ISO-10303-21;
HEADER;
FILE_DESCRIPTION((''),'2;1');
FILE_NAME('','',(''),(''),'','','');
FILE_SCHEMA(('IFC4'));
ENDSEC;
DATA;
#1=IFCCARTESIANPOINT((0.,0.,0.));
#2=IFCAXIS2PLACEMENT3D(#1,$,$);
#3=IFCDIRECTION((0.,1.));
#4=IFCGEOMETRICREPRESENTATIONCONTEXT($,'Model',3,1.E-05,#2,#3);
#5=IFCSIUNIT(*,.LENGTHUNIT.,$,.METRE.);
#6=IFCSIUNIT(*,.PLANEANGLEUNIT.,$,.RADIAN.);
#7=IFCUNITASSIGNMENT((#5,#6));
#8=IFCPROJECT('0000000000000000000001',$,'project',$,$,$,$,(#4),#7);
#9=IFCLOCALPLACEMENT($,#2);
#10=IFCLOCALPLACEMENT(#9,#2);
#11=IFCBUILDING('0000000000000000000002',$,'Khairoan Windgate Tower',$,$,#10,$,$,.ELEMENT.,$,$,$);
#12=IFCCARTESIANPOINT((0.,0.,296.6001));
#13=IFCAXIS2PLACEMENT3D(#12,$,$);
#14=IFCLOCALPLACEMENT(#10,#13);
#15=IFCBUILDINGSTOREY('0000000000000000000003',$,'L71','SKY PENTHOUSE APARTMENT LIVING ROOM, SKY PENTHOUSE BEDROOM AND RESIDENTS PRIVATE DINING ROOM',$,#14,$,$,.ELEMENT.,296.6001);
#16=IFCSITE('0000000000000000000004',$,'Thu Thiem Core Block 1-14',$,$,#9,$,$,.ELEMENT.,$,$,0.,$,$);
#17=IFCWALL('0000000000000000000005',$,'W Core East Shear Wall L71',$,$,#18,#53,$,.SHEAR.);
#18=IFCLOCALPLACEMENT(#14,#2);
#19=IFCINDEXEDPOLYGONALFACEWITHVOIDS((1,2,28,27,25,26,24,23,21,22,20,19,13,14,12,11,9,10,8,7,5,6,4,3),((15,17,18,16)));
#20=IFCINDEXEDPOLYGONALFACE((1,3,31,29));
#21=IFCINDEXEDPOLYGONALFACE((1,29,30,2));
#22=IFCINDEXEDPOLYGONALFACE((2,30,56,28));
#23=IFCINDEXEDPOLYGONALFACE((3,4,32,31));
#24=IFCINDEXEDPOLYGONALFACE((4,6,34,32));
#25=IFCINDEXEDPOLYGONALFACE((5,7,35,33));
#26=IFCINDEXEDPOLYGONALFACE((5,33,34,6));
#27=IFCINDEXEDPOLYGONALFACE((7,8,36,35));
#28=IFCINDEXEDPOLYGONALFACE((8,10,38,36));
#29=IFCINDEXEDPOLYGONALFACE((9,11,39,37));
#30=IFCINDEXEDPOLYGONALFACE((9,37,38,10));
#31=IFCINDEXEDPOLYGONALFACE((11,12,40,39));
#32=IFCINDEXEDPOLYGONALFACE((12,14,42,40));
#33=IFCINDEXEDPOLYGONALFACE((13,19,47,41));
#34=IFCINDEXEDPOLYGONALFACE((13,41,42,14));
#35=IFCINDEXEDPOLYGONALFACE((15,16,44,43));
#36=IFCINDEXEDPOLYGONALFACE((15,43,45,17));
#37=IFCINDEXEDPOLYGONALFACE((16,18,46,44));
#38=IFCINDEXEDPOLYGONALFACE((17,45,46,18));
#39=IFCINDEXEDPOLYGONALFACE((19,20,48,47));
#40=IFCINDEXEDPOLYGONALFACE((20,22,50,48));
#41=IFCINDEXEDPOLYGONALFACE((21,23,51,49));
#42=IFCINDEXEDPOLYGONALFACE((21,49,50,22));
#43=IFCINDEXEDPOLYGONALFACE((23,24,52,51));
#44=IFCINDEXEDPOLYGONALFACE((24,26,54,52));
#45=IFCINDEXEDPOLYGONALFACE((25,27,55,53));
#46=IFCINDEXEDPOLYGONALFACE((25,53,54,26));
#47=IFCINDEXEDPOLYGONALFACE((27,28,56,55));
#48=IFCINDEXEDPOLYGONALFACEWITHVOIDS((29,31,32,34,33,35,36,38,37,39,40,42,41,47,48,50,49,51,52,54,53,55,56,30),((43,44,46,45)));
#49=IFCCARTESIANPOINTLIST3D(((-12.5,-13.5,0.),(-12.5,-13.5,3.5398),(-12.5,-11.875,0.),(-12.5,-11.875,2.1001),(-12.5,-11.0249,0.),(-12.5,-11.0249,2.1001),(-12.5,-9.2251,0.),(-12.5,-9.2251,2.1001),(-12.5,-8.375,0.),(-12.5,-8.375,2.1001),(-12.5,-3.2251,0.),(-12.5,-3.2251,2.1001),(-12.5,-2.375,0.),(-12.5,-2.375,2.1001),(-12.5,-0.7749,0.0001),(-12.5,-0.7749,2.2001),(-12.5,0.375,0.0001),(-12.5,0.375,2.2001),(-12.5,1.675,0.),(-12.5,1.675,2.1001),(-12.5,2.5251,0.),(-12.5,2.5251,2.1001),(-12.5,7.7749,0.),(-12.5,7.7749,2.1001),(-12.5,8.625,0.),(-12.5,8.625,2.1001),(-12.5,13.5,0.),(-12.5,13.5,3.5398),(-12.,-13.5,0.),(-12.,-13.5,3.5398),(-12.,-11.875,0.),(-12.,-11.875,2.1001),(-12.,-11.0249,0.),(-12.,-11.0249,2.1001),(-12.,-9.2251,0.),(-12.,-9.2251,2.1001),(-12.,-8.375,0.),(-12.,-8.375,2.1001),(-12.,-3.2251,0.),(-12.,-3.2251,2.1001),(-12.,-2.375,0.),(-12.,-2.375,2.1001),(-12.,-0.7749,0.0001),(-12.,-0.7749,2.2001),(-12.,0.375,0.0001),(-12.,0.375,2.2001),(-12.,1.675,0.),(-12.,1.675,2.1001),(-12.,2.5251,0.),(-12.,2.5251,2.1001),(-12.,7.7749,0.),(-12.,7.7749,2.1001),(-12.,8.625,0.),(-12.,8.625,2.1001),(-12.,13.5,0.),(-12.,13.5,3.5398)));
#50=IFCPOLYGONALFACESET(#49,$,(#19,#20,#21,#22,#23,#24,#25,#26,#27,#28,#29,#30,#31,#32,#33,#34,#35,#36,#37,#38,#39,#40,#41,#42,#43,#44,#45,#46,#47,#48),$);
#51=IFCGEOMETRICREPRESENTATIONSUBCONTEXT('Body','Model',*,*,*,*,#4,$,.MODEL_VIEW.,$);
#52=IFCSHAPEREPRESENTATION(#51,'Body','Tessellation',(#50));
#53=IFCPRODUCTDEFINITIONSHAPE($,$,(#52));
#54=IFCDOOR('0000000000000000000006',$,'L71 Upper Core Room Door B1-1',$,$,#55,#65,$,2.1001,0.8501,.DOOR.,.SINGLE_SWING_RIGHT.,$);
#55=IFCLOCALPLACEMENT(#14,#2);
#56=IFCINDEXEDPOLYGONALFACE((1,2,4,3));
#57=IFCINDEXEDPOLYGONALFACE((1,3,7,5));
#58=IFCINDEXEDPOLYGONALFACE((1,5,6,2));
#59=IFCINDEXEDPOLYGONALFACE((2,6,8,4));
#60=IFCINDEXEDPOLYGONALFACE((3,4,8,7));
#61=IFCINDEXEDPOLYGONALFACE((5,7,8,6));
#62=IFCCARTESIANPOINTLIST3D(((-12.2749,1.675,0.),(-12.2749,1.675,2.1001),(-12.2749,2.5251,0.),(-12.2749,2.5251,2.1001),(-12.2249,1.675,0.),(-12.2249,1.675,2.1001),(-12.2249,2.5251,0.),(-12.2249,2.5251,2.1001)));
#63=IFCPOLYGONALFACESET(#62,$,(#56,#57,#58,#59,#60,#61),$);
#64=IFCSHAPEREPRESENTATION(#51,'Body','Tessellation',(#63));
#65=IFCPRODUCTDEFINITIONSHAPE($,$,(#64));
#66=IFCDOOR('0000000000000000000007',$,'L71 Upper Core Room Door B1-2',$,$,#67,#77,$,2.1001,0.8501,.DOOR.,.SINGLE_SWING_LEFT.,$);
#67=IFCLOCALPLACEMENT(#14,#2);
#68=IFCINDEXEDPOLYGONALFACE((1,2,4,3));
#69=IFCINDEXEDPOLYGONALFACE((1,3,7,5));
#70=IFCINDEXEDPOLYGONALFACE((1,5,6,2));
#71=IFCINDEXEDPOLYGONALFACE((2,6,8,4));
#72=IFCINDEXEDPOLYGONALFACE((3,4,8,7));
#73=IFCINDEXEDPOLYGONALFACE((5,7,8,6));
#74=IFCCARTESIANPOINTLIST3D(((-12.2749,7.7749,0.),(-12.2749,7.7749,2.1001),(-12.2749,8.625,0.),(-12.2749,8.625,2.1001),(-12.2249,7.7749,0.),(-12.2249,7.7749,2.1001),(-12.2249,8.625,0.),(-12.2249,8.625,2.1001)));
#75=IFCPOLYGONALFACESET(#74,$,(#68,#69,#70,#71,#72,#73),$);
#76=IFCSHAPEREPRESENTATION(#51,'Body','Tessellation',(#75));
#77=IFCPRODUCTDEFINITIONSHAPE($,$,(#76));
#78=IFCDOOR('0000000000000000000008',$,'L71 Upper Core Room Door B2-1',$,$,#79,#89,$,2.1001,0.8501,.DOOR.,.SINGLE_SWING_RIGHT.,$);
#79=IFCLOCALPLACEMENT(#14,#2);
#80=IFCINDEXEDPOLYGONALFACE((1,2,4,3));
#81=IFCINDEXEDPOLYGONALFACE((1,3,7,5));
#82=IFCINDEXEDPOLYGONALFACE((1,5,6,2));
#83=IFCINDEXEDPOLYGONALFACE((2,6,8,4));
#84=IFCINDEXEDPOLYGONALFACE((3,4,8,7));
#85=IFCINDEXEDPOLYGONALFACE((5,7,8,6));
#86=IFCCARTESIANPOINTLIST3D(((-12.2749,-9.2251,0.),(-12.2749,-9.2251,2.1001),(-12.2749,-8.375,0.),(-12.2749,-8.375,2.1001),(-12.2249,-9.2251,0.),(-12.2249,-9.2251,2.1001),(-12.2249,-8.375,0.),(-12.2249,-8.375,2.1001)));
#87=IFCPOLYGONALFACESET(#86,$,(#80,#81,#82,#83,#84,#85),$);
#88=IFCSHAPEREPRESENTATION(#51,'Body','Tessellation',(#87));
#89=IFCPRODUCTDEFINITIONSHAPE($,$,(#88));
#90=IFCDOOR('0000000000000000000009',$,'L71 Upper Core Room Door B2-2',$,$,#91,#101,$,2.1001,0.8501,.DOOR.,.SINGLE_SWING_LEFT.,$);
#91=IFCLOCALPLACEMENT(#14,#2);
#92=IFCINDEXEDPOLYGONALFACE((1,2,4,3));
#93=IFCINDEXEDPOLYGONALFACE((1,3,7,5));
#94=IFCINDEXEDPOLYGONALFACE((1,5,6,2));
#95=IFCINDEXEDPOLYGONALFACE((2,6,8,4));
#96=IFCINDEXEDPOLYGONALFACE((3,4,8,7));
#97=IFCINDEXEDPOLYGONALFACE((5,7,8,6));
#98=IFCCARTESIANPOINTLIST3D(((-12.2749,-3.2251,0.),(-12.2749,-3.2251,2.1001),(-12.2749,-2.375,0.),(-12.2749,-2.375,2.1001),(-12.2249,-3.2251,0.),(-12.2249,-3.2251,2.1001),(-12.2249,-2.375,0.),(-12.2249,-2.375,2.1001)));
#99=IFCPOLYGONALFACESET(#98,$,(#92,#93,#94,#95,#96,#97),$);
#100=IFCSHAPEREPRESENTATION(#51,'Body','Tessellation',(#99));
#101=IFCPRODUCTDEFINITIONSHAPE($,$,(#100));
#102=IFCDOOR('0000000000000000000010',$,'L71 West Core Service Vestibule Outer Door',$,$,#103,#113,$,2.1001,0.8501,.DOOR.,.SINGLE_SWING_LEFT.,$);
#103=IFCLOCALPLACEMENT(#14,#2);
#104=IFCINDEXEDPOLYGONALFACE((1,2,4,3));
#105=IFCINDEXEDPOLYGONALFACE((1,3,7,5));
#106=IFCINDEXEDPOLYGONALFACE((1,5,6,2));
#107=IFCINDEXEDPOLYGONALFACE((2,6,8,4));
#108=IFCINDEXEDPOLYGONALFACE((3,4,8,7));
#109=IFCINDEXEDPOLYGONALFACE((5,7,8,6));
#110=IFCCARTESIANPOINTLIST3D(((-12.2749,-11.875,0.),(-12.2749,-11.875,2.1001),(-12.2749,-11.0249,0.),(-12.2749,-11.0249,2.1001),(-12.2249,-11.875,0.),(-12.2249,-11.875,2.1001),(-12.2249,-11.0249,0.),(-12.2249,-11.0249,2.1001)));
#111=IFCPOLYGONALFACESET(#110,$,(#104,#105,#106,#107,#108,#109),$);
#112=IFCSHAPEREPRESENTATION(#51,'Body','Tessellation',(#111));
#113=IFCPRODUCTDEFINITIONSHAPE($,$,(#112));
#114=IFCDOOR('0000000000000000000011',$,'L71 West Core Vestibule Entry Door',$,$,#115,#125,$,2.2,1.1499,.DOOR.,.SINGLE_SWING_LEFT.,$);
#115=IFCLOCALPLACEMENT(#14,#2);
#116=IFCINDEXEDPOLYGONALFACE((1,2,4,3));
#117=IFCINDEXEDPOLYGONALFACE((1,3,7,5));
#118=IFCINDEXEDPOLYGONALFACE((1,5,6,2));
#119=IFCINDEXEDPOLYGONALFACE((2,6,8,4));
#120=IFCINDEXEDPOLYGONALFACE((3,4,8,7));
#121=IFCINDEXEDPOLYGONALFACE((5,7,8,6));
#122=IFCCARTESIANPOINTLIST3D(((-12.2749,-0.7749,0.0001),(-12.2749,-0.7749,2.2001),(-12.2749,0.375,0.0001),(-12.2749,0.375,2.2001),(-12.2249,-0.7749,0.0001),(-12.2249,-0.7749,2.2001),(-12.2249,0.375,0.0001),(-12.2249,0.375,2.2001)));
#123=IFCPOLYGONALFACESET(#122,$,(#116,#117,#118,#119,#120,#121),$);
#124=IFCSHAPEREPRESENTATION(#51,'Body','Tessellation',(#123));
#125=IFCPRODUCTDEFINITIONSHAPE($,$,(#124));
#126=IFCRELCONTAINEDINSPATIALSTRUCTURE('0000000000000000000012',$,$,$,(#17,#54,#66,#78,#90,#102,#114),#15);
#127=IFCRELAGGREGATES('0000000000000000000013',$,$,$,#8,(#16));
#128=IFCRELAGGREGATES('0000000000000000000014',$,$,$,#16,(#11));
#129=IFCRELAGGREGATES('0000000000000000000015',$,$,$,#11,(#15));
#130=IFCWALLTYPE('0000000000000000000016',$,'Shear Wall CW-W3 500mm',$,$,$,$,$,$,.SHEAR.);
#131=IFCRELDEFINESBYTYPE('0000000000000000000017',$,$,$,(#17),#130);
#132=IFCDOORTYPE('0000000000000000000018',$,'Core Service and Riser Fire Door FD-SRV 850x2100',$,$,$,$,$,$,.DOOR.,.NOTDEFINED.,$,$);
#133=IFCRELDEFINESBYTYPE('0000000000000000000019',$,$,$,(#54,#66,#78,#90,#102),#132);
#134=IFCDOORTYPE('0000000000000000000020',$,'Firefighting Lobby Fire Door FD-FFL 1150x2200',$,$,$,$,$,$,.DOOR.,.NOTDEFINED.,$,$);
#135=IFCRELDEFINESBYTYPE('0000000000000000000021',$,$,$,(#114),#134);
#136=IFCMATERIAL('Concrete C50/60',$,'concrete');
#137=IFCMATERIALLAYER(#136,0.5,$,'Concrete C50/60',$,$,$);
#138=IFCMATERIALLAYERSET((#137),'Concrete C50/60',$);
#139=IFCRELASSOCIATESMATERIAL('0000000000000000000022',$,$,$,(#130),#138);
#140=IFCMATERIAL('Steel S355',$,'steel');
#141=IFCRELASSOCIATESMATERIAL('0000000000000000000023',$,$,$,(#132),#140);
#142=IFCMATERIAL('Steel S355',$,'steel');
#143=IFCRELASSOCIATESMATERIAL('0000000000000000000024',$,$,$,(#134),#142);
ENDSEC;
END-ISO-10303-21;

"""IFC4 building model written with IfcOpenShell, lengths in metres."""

from ifc_helpers import new_model, si_unit, direction, frame, frame_2d, origin, place, context, subcontext, project, spatial, rectangle, extrude, material, layer, layer_set, type_object, element, fill, save


model = new_model("IFC4")

# Units and contexts
model_context = context("Model", 3, precision=1e-05, world=origin(), true_north=direction((0.0, 1.0)))
body_context = subcontext(model_context, "Body", "Model", "MODEL_VIEW")
ifc_project = project(units=[si_unit("LENGTHUNIT", "METRE"), si_unit("PLANEANGLEUNIT", "RADIAN")], contexts=[model_context])

# Site, building, storey
site_placement = place(None, origin())
site = spatial("IfcSite", under=ifc_project, at=site_placement, Name="Thu Thiem Core Block 1-14", CompositionType="ELEMENT", RefElevation=0.0)
building_placement = place(site_placement, origin())
building = spatial("IfcBuilding", under=site, at=building_placement, Name="Khairoan Windgate Tower", CompositionType="ELEMENT")
storey_placement = place(building_placement, frame((0.0, 0.0, 296.6001)))
storey = spatial("IfcBuildingStorey", under=building, at=storey_placement, Name="L71", Description="SKY PENTHOUSE APARTMENT LIVING ROOM, SKY PENTHOUSE BEDROOM AND RESIDENTS PRIVATE DINING ROOM", CompositionType="ELEMENT", Elevation=296.6001)

# Wall, openings, doors
ifc_material_1 = material(Name="Concrete C50/60", Category="concrete")
ifc_layer_1 = layer(ifc_material_1, 0.5, Name="Concrete C50/60")
ifc_layer_set_1 = layer_set([ifc_layer_1], Name="Concrete C50/60")
wall_type_1 = type_object("IfcWallType", Name="Shear Wall CW-W3 500mm", PredefinedType="SHEAR", material=ifc_layer_set_1)
wall_1_placement = place(storey_placement, frame((-12.25, -13.5, 0.0), z_axis=(0.0, 0.0, 1.0), x_axis=(0.0, 1.0, 0.0)))
wall_1 = element("IfcWall", 1, at=wall_1_placement, inside=storey, type_object=wall_type_1, Name="W Core East Shear Wall L71", PredefinedType="SHEAR", context=body_context, shape_type="SweptSolid", body=[
    extrude(rectangle(XDim=27.0, YDim=0.5, at=frame_2d((13.5, 0.0))), origin(), (0.0, 0.0, 1.0), 3.5398),
])
opening_1_placement = place(wall_1_placement, frame((15.175, 0.0, 0.0)))
opening_1 = element("IfcOpeningElement", 2, at=opening_1_placement, cuts=wall_1, PredefinedType="OPENING", context=body_context, shape_type="SweptSolid", body=[
    extrude(rectangle(XDim=0.8501, YDim=2.1001, at=frame_2d((0.425, 1.05))), frame((0.0, 0.26, 0.0), z_axis=(0.0, -1.0, 0.0), x_axis=(1.0, 0.0, 0.0)), (0.0, 0.0, 1.0), 0.52),
])
opening_2_placement = place(wall_1_placement, frame((21.2749, 0.0, 0.0)))
opening_2 = element("IfcOpeningElement", 3, at=opening_2_placement, cuts=wall_1, PredefinedType="OPENING", context=body_context, shape_type="SweptSolid", body=[
    extrude(rectangle(XDim=0.8501, YDim=2.1001, at=frame_2d((0.425, 1.05))), frame((0.0, 0.26, 0.0), z_axis=(0.0, -1.0, 0.0), x_axis=(1.0, 0.0, 0.0)), (0.0, 0.0, 1.0), 0.52),
])
opening_3_placement = place(wall_1_placement, frame((4.2749, 0.0, 0.0)))
opening_3 = element("IfcOpeningElement", 4, at=opening_3_placement, cuts=wall_1, PredefinedType="OPENING", context=body_context, shape_type="SweptSolid", body=[
    extrude(rectangle(XDim=0.8501, YDim=2.1001, at=frame_2d((0.425, 1.05))), frame((0.0, 0.26, 0.0), z_axis=(0.0, -1.0, 0.0), x_axis=(1.0, 0.0, 0.0)), (0.0, 0.0, 1.0), 0.52),
])
opening_4_placement = place(wall_1_placement, frame((10.2749, 0.0, 0.0)))
opening_4 = element("IfcOpeningElement", 5, at=opening_4_placement, cuts=wall_1, PredefinedType="OPENING", context=body_context, shape_type="SweptSolid", body=[
    extrude(rectangle(XDim=0.8501, YDim=2.1001, at=frame_2d((0.425, 1.05))), frame((0.0, 0.26, 0.0), z_axis=(0.0, -1.0, 0.0), x_axis=(1.0, 0.0, 0.0)), (0.0, 0.0, 1.0), 0.52),
])
opening_5_placement = place(wall_1_placement, frame((12.7251, 0.0, 0.0)))
opening_5 = element("IfcOpeningElement", 6, at=opening_5_placement, cuts=wall_1, PredefinedType="OPENING", context=body_context, shape_type="SweptSolid", body=[
    extrude(rectangle(XDim=1.1499, YDim=2.2, at=frame_2d((0.575, 1.1001))), frame((0.0, 0.26, 0.0), z_axis=(0.0, -1.0, 0.0), x_axis=(1.0, 0.0, 0.0)), (0.0, 0.0, 1.0), 0.52),
])
opening_6_placement = place(wall_1_placement, frame((1.625, 0.0, 0.0)))
opening_6 = element("IfcOpeningElement", 7, at=opening_6_placement, cuts=wall_1, PredefinedType="OPENING", context=body_context, shape_type="SweptSolid", body=[
    extrude(rectangle(XDim=0.8501, YDim=2.1001, at=frame_2d((0.425, 1.05))), frame((0.0, 0.26, 0.0), z_axis=(0.0, -1.0, 0.0), x_axis=(1.0, 0.0, 0.0)), (0.0, 0.0, 1.0), 0.52),
])
ifc_material_2 = material(Name="Steel S355", Category="steel")
door_type_1 = type_object("IfcDoorType", Name="Core Service and Riser Fire Door FD-SRV 850x2100", OperationType="NOTDEFINED", PredefinedType="DOOR", material=ifc_material_2)
door_1_placement = place(opening_1_placement, origin())
door_1 = element("IfcDoor", 8, at=door_1_placement, inside=storey, type_object=door_type_1, Name="L71 Upper Core Room Door B1-1", OperationType="SINGLE_SWING_RIGHT", OverallHeight=2.1001, OverallWidth=0.8501, PredefinedType="DOOR", context=body_context, shape_type="SweptSolid", body=[
    extrude(rectangle(XDim=0.8501, YDim=2.1001, at=frame_2d((0.425, 1.05))), frame((0.0, 0.0249, 0.0), z_axis=(0.0, -1.0, 0.0), x_axis=(1.0, 0.0, 0.0)), (0.0, 0.0, 1.0), 0.05),
])
fill(opening_1, door_1)
door_2_placement = place(opening_2_placement, origin())
door_2 = element("IfcDoor", 9, at=door_2_placement, inside=storey, type_object=door_type_1, Name="L71 Upper Core Room Door B1-2", OperationType="SINGLE_SWING_LEFT", OverallHeight=2.1001, OverallWidth=0.8501, PredefinedType="DOOR", context=body_context, shape_type="SweptSolid", body=[
    extrude(rectangle(XDim=0.8501, YDim=2.1001, at=frame_2d((0.425, 1.05))), frame((0.0, 0.0249, 0.0), z_axis=(0.0, -1.0, 0.0), x_axis=(1.0, 0.0, 0.0)), (0.0, 0.0, 1.0), 0.05),
])
fill(opening_2, door_2)
door_3_placement = place(opening_3_placement, origin())
door_3 = element("IfcDoor", 10, at=door_3_placement, inside=storey, type_object=door_type_1, Name="L71 Upper Core Room Door B2-1", OperationType="SINGLE_SWING_RIGHT", OverallHeight=2.1001, OverallWidth=0.8501, PredefinedType="DOOR", context=body_context, shape_type="SweptSolid", body=[
    extrude(rectangle(XDim=0.8501, YDim=2.1001, at=frame_2d((0.425, 1.05))), frame((0.0, 0.0249, 0.0), z_axis=(0.0, -1.0, 0.0), x_axis=(1.0, 0.0, 0.0)), (0.0, 0.0, 1.0), 0.05),
])
fill(opening_3, door_3)
door_4_placement = place(opening_4_placement, origin())
door_4 = element("IfcDoor", 11, at=door_4_placement, inside=storey, type_object=door_type_1, Name="L71 Upper Core Room Door B2-2", OperationType="SINGLE_SWING_LEFT", OverallHeight=2.1001, OverallWidth=0.8501, PredefinedType="DOOR", context=body_context, shape_type="SweptSolid", body=[
    extrude(rectangle(XDim=0.8501, YDim=2.1001, at=frame_2d((0.425, 1.05))), frame((0.0, 0.0249, 0.0), z_axis=(0.0, -1.0, 0.0), x_axis=(1.0, 0.0, 0.0)), (0.0, 0.0, 1.0), 0.05),
])
fill(opening_4, door_4)
door_5_placement = place(opening_6_placement, origin())
door_5 = element("IfcDoor", 12, at=door_5_placement, inside=storey, type_object=door_type_1, Name="L71 West Core Service Vestibule Outer Door", OperationType="SINGLE_SWING_LEFT", OverallHeight=2.1001, OverallWidth=0.8501, PredefinedType="DOOR", context=body_context, shape_type="SweptSolid", body=[
    extrude(rectangle(XDim=0.8501, YDim=2.1001, at=frame_2d((0.425, 1.05))), frame((0.0, 0.0249, 0.0), z_axis=(0.0, -1.0, 0.0), x_axis=(1.0, 0.0, 0.0)), (0.0, 0.0, 1.0), 0.05),
])
fill(opening_6, door_5)
ifc_material_3 = material(Name="Steel S355", Category="steel")
door_type_2 = type_object("IfcDoorType", Name="Firefighting Lobby Fire Door FD-FFL 1150x2200", OperationType="NOTDEFINED", PredefinedType="DOOR", material=ifc_material_3)
door_6_placement = place(opening_5_placement, origin())
door_6 = element("IfcDoor", 13, at=door_6_placement, inside=storey, type_object=door_type_2, Name="L71 West Core Vestibule Entry Door", OperationType="SINGLE_SWING_LEFT", OverallHeight=2.2, OverallWidth=1.1499, PredefinedType="DOOR", context=body_context, shape_type="SweptSolid", body=[
    extrude(rectangle(XDim=1.1499, YDim=2.2, at=frame_2d((0.575, 1.1001))), frame((0.0, 0.0249, 0.0), z_axis=(0.0, -1.0, 0.0), x_axis=(1.0, 0.0, 0.0)), (0.0, 0.0, 1.0), 0.05),
])
fill(opening_5, door_6)

save(model, "model.ifc")
